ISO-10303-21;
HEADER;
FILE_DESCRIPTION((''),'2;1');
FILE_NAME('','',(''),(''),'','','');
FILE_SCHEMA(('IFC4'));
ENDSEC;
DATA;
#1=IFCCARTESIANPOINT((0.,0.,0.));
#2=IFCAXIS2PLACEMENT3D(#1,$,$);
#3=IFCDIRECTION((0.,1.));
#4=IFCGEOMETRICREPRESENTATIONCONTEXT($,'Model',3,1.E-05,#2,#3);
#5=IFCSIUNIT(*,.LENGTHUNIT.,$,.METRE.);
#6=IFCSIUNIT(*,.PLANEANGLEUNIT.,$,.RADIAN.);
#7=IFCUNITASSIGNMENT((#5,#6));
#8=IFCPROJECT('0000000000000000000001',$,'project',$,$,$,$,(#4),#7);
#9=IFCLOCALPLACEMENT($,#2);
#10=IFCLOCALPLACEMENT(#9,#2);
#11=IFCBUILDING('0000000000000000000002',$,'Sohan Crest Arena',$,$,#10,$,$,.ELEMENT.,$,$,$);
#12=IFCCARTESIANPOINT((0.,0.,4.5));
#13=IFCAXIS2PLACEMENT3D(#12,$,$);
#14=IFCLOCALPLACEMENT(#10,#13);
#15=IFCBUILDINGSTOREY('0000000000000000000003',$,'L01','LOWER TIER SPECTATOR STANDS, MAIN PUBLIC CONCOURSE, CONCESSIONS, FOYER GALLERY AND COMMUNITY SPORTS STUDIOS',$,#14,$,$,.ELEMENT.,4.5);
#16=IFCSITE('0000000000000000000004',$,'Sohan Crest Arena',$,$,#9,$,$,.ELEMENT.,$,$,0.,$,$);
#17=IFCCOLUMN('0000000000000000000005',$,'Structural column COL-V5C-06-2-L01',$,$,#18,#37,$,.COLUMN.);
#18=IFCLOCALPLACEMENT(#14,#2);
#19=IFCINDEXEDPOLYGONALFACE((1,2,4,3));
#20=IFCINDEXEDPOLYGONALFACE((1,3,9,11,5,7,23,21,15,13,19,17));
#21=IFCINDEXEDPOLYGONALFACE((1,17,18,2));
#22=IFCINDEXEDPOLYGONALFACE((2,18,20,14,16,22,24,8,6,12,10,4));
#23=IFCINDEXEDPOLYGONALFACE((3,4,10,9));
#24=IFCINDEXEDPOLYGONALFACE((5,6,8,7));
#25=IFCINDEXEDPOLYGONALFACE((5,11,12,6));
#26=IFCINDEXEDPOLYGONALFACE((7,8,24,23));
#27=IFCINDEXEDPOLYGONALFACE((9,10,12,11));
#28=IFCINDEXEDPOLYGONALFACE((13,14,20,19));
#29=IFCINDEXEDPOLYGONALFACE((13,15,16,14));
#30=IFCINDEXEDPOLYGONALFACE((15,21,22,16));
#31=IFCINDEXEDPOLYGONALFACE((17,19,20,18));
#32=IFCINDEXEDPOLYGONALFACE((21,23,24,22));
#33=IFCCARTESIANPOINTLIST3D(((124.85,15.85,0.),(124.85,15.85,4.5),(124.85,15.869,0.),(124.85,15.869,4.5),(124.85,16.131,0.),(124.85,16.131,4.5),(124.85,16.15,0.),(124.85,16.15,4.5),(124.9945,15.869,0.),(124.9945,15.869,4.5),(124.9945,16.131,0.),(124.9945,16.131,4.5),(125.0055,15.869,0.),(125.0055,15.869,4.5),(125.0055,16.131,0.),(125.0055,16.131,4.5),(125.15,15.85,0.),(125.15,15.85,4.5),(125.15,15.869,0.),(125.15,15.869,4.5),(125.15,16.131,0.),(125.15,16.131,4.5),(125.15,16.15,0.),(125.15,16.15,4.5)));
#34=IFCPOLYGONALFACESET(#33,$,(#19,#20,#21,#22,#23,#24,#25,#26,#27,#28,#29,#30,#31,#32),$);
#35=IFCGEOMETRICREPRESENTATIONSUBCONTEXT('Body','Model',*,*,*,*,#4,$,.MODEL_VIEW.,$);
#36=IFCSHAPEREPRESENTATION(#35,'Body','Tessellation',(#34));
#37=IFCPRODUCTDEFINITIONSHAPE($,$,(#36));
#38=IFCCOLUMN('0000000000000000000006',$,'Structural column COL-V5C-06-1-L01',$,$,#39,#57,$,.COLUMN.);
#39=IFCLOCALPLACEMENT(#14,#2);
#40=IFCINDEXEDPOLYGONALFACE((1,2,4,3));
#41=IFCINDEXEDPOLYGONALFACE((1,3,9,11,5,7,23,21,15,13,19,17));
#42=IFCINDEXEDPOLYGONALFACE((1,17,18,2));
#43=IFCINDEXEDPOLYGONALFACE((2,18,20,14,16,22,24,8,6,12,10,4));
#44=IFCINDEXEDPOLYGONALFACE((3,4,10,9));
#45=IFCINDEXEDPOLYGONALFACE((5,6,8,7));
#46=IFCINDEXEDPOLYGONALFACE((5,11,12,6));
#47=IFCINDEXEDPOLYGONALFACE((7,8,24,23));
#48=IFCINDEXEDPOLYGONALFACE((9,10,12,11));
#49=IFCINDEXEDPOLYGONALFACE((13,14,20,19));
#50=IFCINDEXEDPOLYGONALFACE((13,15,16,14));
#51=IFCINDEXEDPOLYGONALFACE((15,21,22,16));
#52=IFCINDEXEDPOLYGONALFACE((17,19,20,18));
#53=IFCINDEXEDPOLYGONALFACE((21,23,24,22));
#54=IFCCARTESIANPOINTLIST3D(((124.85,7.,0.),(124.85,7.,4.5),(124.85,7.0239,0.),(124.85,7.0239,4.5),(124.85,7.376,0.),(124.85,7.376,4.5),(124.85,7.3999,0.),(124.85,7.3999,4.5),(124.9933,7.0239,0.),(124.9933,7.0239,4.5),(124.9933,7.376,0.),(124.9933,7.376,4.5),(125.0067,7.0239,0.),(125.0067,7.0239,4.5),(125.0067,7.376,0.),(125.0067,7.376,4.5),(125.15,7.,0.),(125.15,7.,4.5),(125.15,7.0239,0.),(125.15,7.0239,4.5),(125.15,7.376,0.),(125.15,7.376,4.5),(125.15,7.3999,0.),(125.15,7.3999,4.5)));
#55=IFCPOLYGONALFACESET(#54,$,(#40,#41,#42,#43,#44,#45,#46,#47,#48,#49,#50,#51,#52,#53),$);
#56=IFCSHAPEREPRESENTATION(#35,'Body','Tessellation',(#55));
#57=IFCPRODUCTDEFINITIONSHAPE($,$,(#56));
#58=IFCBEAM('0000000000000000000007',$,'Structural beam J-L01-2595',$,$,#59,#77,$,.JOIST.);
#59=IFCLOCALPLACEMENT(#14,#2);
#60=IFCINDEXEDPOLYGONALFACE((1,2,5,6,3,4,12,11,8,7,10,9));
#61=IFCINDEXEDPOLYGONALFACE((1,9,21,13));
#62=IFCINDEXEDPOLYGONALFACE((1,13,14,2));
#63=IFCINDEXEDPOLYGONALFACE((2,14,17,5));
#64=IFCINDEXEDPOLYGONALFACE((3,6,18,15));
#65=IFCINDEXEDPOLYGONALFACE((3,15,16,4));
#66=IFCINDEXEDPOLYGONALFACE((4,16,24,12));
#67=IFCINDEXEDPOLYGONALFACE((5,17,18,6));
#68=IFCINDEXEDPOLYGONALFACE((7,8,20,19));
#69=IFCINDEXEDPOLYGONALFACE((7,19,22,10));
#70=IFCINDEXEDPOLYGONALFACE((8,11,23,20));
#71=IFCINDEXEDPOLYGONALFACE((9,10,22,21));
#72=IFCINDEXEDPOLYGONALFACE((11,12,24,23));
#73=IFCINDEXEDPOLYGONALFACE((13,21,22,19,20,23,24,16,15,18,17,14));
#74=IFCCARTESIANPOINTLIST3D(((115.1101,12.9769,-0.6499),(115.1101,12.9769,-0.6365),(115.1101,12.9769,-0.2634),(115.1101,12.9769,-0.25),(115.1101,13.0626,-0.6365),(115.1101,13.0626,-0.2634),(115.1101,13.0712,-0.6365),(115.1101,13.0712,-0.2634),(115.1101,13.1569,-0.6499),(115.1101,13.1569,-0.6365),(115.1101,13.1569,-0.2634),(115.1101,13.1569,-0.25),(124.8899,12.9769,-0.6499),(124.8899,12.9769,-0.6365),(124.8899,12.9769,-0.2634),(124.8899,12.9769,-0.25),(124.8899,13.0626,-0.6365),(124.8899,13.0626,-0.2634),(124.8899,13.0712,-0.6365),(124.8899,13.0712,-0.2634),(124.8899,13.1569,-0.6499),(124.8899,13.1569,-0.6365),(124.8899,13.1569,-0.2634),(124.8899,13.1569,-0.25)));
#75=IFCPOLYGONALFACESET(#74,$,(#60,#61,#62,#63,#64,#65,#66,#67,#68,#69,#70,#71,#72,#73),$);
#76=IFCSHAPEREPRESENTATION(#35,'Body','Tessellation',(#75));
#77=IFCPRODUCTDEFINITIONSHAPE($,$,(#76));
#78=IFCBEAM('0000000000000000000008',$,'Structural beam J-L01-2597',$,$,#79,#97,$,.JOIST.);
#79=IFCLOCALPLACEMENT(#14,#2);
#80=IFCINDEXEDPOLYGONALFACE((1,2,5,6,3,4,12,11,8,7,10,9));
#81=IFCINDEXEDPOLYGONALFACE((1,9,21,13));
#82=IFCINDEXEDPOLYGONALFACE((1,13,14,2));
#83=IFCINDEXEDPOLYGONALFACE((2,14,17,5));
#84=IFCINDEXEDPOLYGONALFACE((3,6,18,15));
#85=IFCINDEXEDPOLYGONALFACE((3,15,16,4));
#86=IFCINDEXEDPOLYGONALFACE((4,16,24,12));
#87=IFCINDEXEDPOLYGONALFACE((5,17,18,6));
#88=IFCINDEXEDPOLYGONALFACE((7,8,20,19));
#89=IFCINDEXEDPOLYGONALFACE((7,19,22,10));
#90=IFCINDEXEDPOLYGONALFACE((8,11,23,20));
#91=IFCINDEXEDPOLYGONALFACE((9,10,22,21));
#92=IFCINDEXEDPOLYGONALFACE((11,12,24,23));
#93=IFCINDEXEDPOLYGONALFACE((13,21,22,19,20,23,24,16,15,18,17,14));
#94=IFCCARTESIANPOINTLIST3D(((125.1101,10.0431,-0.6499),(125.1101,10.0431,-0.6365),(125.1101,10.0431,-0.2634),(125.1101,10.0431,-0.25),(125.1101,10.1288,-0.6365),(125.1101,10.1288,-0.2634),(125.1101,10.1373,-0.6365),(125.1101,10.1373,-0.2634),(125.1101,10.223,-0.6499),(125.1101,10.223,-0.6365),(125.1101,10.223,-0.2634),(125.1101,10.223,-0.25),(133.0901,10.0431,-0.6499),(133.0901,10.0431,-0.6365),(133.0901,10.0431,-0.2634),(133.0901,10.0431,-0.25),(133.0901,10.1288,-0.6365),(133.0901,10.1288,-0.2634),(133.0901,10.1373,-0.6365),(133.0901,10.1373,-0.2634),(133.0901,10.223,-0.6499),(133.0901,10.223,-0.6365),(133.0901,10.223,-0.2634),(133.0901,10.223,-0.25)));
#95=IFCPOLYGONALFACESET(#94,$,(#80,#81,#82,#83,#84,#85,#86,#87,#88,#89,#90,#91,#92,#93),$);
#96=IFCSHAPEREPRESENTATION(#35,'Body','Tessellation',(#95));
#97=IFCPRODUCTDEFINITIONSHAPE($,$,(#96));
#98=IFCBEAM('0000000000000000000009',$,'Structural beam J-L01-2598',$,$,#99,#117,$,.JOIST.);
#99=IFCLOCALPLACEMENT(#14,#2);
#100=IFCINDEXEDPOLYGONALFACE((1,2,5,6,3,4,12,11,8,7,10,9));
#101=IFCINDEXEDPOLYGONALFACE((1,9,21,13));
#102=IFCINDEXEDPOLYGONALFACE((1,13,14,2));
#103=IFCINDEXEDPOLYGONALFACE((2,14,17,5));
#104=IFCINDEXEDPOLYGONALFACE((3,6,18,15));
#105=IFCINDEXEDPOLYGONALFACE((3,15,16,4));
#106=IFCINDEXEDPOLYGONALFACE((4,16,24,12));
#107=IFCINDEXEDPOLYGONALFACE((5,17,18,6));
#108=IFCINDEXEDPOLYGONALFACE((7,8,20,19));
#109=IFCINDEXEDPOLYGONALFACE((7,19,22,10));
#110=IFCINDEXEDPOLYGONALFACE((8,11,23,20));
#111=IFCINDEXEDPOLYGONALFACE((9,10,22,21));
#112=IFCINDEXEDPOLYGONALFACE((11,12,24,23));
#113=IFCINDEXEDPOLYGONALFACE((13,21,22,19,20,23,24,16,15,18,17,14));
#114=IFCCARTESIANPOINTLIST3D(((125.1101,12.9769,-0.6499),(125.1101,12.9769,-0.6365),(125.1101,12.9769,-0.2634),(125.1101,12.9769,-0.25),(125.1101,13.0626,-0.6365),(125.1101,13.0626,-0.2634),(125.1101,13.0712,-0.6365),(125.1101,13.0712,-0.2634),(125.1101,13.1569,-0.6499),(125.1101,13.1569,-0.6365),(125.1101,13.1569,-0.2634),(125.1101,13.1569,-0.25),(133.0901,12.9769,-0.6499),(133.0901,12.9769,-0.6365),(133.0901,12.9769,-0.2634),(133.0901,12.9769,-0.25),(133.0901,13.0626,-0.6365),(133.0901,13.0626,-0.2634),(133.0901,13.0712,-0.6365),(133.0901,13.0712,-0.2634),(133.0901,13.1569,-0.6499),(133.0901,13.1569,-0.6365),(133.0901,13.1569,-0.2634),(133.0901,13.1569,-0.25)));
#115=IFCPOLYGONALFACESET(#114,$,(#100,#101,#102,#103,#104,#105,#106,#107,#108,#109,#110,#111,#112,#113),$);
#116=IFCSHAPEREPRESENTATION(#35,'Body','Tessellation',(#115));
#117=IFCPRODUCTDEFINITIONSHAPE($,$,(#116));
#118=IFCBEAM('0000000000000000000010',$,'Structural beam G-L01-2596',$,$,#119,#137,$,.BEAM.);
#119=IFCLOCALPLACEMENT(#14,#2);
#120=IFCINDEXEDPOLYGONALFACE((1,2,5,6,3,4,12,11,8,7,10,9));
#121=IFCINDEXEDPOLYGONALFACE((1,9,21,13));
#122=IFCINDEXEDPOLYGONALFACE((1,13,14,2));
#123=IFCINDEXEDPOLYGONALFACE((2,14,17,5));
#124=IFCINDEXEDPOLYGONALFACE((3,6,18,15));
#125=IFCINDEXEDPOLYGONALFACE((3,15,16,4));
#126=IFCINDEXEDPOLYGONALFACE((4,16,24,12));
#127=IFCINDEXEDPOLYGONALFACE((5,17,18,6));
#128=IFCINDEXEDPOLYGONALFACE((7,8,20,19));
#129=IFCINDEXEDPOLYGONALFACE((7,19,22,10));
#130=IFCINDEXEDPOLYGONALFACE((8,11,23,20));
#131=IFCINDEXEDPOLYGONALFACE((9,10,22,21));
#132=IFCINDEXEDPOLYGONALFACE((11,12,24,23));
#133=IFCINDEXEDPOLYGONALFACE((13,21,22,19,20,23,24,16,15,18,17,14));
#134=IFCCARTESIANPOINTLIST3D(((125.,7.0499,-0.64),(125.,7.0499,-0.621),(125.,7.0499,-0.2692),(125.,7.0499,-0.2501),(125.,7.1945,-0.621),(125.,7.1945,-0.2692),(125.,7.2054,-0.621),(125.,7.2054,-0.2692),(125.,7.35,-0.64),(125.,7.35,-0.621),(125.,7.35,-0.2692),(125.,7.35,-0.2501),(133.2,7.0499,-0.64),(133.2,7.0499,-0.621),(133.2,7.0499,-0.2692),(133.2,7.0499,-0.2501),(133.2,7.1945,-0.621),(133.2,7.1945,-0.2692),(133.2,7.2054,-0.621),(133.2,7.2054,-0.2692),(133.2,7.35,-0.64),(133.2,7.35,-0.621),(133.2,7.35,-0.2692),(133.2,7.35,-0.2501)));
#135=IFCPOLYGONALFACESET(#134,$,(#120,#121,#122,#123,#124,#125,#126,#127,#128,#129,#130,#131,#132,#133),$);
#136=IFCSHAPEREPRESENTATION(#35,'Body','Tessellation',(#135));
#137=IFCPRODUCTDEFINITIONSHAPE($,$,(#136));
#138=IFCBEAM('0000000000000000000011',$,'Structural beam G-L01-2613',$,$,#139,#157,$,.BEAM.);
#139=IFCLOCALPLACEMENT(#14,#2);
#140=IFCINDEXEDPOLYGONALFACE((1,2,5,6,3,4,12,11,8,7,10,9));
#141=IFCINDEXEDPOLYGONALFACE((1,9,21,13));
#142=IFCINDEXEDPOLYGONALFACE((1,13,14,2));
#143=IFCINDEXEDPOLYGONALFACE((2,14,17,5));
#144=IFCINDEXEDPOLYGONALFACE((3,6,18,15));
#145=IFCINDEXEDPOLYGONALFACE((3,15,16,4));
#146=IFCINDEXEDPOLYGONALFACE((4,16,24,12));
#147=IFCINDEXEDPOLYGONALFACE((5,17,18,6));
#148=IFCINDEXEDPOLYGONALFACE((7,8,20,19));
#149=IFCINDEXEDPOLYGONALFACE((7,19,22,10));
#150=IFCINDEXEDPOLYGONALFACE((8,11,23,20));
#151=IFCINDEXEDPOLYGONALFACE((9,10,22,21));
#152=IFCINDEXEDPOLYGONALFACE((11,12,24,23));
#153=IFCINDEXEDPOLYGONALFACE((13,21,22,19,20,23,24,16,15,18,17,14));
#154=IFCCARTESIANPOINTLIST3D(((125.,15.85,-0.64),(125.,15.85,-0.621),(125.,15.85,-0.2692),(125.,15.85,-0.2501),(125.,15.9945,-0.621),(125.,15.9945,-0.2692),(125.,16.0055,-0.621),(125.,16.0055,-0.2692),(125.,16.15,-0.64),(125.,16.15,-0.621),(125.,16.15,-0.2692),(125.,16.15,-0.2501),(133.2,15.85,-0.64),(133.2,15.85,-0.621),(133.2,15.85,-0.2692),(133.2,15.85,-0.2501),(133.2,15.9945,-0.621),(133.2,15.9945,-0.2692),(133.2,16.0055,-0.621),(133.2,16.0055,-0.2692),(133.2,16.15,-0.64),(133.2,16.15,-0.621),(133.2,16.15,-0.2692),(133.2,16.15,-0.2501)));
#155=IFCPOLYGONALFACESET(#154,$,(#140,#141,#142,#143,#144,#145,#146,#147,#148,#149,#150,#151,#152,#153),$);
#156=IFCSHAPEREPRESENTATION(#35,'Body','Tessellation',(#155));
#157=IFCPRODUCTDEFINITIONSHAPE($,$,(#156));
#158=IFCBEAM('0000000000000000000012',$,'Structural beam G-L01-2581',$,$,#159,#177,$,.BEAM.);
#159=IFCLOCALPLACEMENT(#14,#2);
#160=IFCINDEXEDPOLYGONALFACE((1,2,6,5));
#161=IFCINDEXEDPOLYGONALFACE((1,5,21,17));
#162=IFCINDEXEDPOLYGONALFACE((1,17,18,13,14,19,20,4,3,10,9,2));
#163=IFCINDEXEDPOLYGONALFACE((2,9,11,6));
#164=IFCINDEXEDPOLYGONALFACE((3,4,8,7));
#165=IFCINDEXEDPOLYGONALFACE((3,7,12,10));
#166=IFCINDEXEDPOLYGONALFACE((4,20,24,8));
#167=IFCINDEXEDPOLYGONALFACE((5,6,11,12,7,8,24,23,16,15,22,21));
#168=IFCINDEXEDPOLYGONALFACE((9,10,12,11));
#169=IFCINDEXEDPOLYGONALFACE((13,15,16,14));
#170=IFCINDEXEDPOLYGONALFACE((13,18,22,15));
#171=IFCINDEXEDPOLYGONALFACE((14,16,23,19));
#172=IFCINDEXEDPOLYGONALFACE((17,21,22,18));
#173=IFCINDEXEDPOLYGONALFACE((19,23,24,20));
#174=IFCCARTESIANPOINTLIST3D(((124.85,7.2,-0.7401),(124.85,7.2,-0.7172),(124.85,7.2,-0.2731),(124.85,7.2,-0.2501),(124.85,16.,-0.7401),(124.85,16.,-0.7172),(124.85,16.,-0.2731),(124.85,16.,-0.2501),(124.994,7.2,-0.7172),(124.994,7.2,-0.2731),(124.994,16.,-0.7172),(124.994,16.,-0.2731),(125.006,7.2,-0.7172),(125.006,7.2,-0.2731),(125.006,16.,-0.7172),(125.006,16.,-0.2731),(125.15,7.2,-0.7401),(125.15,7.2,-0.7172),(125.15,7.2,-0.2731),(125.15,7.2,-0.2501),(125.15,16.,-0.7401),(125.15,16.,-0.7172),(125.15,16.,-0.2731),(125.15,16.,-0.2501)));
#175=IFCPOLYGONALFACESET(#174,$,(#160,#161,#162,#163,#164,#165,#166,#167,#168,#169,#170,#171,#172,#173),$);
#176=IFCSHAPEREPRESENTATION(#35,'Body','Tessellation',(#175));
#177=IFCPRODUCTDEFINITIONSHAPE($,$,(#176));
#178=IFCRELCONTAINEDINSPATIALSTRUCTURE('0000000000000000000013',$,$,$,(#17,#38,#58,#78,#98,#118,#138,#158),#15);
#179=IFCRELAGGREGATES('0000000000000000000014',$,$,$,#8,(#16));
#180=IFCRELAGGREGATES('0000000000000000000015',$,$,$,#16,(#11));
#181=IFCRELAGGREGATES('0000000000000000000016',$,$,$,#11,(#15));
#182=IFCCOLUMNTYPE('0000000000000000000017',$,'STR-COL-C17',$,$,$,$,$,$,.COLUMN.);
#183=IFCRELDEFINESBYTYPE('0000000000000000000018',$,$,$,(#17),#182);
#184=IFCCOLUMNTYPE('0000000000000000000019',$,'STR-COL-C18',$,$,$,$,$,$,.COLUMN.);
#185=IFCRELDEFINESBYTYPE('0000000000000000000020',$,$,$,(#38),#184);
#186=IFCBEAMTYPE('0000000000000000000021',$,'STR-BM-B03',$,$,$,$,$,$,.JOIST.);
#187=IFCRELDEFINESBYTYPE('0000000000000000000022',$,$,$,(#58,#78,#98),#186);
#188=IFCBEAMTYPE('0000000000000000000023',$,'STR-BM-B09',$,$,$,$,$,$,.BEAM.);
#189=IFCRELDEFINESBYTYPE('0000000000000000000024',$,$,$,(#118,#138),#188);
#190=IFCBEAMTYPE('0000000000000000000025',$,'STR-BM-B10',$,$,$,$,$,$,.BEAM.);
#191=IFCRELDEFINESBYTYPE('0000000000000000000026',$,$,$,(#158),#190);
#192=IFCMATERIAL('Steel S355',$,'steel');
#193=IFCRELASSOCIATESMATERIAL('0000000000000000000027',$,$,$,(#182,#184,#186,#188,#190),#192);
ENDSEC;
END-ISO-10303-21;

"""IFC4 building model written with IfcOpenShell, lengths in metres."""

from ifc_helpers import new_model, si_unit, direction, frame, origin, origin_2d, place, context, subcontext, project, spatial, i_section, extrude, material, material_profile, profile_set, type_object, element, save


model = new_model("IFC4")

# Units and contexts
model_context = context("Model", 3, precision=1e-05, world=origin(), true_north=direction((0.0, 1.0)))
body_context = subcontext(model_context, "Body", "Model", "MODEL_VIEW")
ifc_project = project(units=[si_unit("LENGTHUNIT", "METRE"), si_unit("PLANEANGLEUNIT", "RADIAN")], contexts=[model_context])

# Site, building, storey
site_placement = place(None, origin())
site = spatial("IfcSite", under=ifc_project, at=site_placement, Name="Sohan Crest Arena", CompositionType="ELEMENT", RefElevation=0.0)
building_placement = place(site_placement, origin())
building = spatial("IfcBuilding", under=site, at=building_placement, Name="Sohan Crest Arena", CompositionType="ELEMENT")
storey_placement = place(building_placement, frame((0.0, 0.0, 4.5)))
storey = spatial("IfcBuildingStorey", under=building, at=storey_placement, Name="L01", Description="LOWER TIER SPECTATOR STANDS, MAIN PUBLIC CONCOURSE, CONCESSIONS, FOYER GALLERY AND COMMUNITY SPORTS STUDIOS", CompositionType="ELEMENT", Elevation=4.5)

# Columns
ifc_material_1 = material(Name="Steel S355", Category="steel")
ifc_material_profile_1 = material_profile(ifc_material_1, i_section(OverallWidth=0.3, OverallDepth=0.3, WebThickness=0.011, FlangeThickness=0.019, at=origin_2d()), Name="HEB 300")
ifc_profile_set_1 = profile_set([ifc_material_profile_1], Name="Steel S355")
column_type_1 = type_object("IfcColumnType", Name="STR-COL-C17", PredefinedType="COLUMN", material=ifc_profile_set_1)
column_1_placement = place(storey_placement, frame((125.0, 16.0, 0.0), z_axis=(0.0, 0.0, 1.0), x_axis=(1.0, 0.0, 0.0)))
element("IfcColumn", 1, at=column_1_placement, inside=storey, type_object=column_type_1, Name="Structural column COL-V5C-06-2-L01", PredefinedType="COLUMN", context=body_context, shape_type="SweptSolid", body=[
    extrude(i_section(OverallWidth=0.3, OverallDepth=0.3, WebThickness=0.011, FlangeThickness=0.019, at=origin_2d()), origin(), (0.0, 0.0, 1.0), 4.5),
])
ifc_material_profile_2 = material_profile(ifc_material_1, i_section(OverallWidth=0.3, OverallDepth=0.3999, WebThickness=0.0134, FlangeThickness=0.0239, at=origin_2d()), Name="HEB 400")
ifc_profile_set_2 = profile_set([ifc_material_profile_2], Name="Steel S355")
column_type_2 = type_object("IfcColumnType", Name="STR-COL-C18", PredefinedType="COLUMN", material=ifc_profile_set_2)
column_2_placement = place(storey_placement, frame((125.0, 7.2, 0.0), z_axis=(0.0, 0.0, 1.0), x_axis=(1.0, 0.0, 0.0)))
element("IfcColumn", 2, at=column_2_placement, inside=storey, type_object=column_type_2, Name="Structural column COL-V5C-06-1-L01", PredefinedType="COLUMN", context=body_context, shape_type="SweptSolid", body=[
    extrude(i_section(OverallWidth=0.3, OverallDepth=0.3999, WebThickness=0.0134, FlangeThickness=0.0239, at=origin_2d()), origin(), (0.0, 0.0, 1.0), 4.5),
])

# Beams
ifc_material_profile_3 = material_profile(ifc_material_1, i_section(OverallWidth=0.1799, OverallDepth=0.3999, WebThickness=0.0085, FlangeThickness=0.0134, at=origin_2d()), Name="IPE 400")
ifc_profile_set_3 = profile_set([ifc_material_profile_3], Name="Steel S355")
beam_type_1 = type_object("IfcBeamType", Name="STR-BM-B03", PredefinedType="JOIST", material=ifc_profile_set_3)
beam_1_placement = place(storey_placement, frame((115.1101, 13.0669, -0.45), z_axis=(1.0, 0.0, 0.0), x_axis=(0.0, 1.0, 0.0)))
element("IfcBeam", 3, at=beam_1_placement, inside=storey, type_object=beam_type_1, Name="Structural beam J-L01-2595", PredefinedType="JOIST", context=body_context, shape_type="SweptSolid", body=[
    extrude(i_section(OverallWidth=0.1799, OverallDepth=0.3999, WebThickness=0.0085, FlangeThickness=0.0134, at=origin_2d()), origin(), (0.0, 0.0, 1.0), 9.7798),
])
for number, where, z_axis, x_axis, name in (
    (4, (125.1101, 10.1331, -0.45), (1.0, 0.0, 0.0), (0.0, 1.0, 0.0), "Structural beam J-L01-2597"),
    (5, (125.1101, 13.0669, -0.45), (1.0, 0.0, 0.0), (0.0, 1.0, 0.0), "Structural beam J-L01-2598"),
):
    element("IfcBeam", number, at=place(storey_placement, frame(where, z_axis=z_axis, x_axis=x_axis)), inside=storey, type_object=beam_type_1, Name=name, PredefinedType="JOIST", context=body_context, shape_type="SweptSolid", body=[
        extrude(i_section(OverallWidth=0.1799, OverallDepth=0.3999, WebThickness=0.0085, FlangeThickness=0.0134, at=origin_2d()), origin(), (0.0, 0.0, 1.0), 7.98),
    ])
ifc_material_profile_4 = material_profile(ifc_material_1, i_section(OverallWidth=0.3, OverallDepth=0.3899, WebThickness=0.011, FlangeThickness=0.019, at=origin_2d()), Name="HEA 400")
ifc_profile_set_4 = profile_set([ifc_material_profile_4], Name="Steel S355")
beam_type_2 = type_object("IfcBeamType", Name="STR-BM-B09", PredefinedType="BEAM", material=ifc_profile_set_4)
for number, where, z_axis, x_axis, name in (
    (6, (125.0, 7.2, -0.4451), (1.0, 0.0, 0.0), (0.0, 1.0, 0.0), "Structural beam G-L01-2596"),
    (7, (125.0, 16.0, -0.4451), (1.0, 0.0, 0.0), (0.0, 1.0, 0.0), "Structural beam G-L01-2613"),
):
    element("IfcBeam", number, at=place(storey_placement, frame(where, z_axis=z_axis, x_axis=x_axis)), inside=storey, type_object=beam_type_2, Name=name, PredefinedType="BEAM", context=body_context, shape_type="SweptSolid", body=[
        extrude(i_section(OverallWidth=0.3, OverallDepth=0.3899, WebThickness=0.011, FlangeThickness=0.019, at=origin_2d()), origin(), (0.0, 0.0, 1.0), 8.2),
    ])
ifc_material_profile_5 = material_profile(ifc_material_1, i_section(OverallWidth=0.3, OverallDepth=0.49, WebThickness=0.012, FlangeThickness=0.0229, at=origin_2d()), Name="HEA 500")
ifc_profile_set_5 = profile_set([ifc_material_profile_5], Name="Steel S355")
beam_type_3 = type_object("IfcBeamType", Name="STR-BM-B10", PredefinedType="BEAM", material=ifc_profile_set_5)
beam_2_placement = place(storey_placement, frame((125.0, 7.2, -0.4951), z_axis=(0.0, 1.0, 0.0), x_axis=(-1.0, 0.0, 0.0)))
element("IfcBeam", 8, at=beam_2_placement, inside=storey, type_object=beam_type_3, Name="Structural beam G-L01-2581", PredefinedType="BEAM", context=body_context, shape_type="SweptSolid", body=[
    extrude(i_section(OverallWidth=0.3, OverallDepth=0.49, WebThickness=0.012, FlangeThickness=0.0229, at=origin_2d()), origin(), (0.0, 0.0, 1.0), 8.8),
])

save(model, "model.ifc")
